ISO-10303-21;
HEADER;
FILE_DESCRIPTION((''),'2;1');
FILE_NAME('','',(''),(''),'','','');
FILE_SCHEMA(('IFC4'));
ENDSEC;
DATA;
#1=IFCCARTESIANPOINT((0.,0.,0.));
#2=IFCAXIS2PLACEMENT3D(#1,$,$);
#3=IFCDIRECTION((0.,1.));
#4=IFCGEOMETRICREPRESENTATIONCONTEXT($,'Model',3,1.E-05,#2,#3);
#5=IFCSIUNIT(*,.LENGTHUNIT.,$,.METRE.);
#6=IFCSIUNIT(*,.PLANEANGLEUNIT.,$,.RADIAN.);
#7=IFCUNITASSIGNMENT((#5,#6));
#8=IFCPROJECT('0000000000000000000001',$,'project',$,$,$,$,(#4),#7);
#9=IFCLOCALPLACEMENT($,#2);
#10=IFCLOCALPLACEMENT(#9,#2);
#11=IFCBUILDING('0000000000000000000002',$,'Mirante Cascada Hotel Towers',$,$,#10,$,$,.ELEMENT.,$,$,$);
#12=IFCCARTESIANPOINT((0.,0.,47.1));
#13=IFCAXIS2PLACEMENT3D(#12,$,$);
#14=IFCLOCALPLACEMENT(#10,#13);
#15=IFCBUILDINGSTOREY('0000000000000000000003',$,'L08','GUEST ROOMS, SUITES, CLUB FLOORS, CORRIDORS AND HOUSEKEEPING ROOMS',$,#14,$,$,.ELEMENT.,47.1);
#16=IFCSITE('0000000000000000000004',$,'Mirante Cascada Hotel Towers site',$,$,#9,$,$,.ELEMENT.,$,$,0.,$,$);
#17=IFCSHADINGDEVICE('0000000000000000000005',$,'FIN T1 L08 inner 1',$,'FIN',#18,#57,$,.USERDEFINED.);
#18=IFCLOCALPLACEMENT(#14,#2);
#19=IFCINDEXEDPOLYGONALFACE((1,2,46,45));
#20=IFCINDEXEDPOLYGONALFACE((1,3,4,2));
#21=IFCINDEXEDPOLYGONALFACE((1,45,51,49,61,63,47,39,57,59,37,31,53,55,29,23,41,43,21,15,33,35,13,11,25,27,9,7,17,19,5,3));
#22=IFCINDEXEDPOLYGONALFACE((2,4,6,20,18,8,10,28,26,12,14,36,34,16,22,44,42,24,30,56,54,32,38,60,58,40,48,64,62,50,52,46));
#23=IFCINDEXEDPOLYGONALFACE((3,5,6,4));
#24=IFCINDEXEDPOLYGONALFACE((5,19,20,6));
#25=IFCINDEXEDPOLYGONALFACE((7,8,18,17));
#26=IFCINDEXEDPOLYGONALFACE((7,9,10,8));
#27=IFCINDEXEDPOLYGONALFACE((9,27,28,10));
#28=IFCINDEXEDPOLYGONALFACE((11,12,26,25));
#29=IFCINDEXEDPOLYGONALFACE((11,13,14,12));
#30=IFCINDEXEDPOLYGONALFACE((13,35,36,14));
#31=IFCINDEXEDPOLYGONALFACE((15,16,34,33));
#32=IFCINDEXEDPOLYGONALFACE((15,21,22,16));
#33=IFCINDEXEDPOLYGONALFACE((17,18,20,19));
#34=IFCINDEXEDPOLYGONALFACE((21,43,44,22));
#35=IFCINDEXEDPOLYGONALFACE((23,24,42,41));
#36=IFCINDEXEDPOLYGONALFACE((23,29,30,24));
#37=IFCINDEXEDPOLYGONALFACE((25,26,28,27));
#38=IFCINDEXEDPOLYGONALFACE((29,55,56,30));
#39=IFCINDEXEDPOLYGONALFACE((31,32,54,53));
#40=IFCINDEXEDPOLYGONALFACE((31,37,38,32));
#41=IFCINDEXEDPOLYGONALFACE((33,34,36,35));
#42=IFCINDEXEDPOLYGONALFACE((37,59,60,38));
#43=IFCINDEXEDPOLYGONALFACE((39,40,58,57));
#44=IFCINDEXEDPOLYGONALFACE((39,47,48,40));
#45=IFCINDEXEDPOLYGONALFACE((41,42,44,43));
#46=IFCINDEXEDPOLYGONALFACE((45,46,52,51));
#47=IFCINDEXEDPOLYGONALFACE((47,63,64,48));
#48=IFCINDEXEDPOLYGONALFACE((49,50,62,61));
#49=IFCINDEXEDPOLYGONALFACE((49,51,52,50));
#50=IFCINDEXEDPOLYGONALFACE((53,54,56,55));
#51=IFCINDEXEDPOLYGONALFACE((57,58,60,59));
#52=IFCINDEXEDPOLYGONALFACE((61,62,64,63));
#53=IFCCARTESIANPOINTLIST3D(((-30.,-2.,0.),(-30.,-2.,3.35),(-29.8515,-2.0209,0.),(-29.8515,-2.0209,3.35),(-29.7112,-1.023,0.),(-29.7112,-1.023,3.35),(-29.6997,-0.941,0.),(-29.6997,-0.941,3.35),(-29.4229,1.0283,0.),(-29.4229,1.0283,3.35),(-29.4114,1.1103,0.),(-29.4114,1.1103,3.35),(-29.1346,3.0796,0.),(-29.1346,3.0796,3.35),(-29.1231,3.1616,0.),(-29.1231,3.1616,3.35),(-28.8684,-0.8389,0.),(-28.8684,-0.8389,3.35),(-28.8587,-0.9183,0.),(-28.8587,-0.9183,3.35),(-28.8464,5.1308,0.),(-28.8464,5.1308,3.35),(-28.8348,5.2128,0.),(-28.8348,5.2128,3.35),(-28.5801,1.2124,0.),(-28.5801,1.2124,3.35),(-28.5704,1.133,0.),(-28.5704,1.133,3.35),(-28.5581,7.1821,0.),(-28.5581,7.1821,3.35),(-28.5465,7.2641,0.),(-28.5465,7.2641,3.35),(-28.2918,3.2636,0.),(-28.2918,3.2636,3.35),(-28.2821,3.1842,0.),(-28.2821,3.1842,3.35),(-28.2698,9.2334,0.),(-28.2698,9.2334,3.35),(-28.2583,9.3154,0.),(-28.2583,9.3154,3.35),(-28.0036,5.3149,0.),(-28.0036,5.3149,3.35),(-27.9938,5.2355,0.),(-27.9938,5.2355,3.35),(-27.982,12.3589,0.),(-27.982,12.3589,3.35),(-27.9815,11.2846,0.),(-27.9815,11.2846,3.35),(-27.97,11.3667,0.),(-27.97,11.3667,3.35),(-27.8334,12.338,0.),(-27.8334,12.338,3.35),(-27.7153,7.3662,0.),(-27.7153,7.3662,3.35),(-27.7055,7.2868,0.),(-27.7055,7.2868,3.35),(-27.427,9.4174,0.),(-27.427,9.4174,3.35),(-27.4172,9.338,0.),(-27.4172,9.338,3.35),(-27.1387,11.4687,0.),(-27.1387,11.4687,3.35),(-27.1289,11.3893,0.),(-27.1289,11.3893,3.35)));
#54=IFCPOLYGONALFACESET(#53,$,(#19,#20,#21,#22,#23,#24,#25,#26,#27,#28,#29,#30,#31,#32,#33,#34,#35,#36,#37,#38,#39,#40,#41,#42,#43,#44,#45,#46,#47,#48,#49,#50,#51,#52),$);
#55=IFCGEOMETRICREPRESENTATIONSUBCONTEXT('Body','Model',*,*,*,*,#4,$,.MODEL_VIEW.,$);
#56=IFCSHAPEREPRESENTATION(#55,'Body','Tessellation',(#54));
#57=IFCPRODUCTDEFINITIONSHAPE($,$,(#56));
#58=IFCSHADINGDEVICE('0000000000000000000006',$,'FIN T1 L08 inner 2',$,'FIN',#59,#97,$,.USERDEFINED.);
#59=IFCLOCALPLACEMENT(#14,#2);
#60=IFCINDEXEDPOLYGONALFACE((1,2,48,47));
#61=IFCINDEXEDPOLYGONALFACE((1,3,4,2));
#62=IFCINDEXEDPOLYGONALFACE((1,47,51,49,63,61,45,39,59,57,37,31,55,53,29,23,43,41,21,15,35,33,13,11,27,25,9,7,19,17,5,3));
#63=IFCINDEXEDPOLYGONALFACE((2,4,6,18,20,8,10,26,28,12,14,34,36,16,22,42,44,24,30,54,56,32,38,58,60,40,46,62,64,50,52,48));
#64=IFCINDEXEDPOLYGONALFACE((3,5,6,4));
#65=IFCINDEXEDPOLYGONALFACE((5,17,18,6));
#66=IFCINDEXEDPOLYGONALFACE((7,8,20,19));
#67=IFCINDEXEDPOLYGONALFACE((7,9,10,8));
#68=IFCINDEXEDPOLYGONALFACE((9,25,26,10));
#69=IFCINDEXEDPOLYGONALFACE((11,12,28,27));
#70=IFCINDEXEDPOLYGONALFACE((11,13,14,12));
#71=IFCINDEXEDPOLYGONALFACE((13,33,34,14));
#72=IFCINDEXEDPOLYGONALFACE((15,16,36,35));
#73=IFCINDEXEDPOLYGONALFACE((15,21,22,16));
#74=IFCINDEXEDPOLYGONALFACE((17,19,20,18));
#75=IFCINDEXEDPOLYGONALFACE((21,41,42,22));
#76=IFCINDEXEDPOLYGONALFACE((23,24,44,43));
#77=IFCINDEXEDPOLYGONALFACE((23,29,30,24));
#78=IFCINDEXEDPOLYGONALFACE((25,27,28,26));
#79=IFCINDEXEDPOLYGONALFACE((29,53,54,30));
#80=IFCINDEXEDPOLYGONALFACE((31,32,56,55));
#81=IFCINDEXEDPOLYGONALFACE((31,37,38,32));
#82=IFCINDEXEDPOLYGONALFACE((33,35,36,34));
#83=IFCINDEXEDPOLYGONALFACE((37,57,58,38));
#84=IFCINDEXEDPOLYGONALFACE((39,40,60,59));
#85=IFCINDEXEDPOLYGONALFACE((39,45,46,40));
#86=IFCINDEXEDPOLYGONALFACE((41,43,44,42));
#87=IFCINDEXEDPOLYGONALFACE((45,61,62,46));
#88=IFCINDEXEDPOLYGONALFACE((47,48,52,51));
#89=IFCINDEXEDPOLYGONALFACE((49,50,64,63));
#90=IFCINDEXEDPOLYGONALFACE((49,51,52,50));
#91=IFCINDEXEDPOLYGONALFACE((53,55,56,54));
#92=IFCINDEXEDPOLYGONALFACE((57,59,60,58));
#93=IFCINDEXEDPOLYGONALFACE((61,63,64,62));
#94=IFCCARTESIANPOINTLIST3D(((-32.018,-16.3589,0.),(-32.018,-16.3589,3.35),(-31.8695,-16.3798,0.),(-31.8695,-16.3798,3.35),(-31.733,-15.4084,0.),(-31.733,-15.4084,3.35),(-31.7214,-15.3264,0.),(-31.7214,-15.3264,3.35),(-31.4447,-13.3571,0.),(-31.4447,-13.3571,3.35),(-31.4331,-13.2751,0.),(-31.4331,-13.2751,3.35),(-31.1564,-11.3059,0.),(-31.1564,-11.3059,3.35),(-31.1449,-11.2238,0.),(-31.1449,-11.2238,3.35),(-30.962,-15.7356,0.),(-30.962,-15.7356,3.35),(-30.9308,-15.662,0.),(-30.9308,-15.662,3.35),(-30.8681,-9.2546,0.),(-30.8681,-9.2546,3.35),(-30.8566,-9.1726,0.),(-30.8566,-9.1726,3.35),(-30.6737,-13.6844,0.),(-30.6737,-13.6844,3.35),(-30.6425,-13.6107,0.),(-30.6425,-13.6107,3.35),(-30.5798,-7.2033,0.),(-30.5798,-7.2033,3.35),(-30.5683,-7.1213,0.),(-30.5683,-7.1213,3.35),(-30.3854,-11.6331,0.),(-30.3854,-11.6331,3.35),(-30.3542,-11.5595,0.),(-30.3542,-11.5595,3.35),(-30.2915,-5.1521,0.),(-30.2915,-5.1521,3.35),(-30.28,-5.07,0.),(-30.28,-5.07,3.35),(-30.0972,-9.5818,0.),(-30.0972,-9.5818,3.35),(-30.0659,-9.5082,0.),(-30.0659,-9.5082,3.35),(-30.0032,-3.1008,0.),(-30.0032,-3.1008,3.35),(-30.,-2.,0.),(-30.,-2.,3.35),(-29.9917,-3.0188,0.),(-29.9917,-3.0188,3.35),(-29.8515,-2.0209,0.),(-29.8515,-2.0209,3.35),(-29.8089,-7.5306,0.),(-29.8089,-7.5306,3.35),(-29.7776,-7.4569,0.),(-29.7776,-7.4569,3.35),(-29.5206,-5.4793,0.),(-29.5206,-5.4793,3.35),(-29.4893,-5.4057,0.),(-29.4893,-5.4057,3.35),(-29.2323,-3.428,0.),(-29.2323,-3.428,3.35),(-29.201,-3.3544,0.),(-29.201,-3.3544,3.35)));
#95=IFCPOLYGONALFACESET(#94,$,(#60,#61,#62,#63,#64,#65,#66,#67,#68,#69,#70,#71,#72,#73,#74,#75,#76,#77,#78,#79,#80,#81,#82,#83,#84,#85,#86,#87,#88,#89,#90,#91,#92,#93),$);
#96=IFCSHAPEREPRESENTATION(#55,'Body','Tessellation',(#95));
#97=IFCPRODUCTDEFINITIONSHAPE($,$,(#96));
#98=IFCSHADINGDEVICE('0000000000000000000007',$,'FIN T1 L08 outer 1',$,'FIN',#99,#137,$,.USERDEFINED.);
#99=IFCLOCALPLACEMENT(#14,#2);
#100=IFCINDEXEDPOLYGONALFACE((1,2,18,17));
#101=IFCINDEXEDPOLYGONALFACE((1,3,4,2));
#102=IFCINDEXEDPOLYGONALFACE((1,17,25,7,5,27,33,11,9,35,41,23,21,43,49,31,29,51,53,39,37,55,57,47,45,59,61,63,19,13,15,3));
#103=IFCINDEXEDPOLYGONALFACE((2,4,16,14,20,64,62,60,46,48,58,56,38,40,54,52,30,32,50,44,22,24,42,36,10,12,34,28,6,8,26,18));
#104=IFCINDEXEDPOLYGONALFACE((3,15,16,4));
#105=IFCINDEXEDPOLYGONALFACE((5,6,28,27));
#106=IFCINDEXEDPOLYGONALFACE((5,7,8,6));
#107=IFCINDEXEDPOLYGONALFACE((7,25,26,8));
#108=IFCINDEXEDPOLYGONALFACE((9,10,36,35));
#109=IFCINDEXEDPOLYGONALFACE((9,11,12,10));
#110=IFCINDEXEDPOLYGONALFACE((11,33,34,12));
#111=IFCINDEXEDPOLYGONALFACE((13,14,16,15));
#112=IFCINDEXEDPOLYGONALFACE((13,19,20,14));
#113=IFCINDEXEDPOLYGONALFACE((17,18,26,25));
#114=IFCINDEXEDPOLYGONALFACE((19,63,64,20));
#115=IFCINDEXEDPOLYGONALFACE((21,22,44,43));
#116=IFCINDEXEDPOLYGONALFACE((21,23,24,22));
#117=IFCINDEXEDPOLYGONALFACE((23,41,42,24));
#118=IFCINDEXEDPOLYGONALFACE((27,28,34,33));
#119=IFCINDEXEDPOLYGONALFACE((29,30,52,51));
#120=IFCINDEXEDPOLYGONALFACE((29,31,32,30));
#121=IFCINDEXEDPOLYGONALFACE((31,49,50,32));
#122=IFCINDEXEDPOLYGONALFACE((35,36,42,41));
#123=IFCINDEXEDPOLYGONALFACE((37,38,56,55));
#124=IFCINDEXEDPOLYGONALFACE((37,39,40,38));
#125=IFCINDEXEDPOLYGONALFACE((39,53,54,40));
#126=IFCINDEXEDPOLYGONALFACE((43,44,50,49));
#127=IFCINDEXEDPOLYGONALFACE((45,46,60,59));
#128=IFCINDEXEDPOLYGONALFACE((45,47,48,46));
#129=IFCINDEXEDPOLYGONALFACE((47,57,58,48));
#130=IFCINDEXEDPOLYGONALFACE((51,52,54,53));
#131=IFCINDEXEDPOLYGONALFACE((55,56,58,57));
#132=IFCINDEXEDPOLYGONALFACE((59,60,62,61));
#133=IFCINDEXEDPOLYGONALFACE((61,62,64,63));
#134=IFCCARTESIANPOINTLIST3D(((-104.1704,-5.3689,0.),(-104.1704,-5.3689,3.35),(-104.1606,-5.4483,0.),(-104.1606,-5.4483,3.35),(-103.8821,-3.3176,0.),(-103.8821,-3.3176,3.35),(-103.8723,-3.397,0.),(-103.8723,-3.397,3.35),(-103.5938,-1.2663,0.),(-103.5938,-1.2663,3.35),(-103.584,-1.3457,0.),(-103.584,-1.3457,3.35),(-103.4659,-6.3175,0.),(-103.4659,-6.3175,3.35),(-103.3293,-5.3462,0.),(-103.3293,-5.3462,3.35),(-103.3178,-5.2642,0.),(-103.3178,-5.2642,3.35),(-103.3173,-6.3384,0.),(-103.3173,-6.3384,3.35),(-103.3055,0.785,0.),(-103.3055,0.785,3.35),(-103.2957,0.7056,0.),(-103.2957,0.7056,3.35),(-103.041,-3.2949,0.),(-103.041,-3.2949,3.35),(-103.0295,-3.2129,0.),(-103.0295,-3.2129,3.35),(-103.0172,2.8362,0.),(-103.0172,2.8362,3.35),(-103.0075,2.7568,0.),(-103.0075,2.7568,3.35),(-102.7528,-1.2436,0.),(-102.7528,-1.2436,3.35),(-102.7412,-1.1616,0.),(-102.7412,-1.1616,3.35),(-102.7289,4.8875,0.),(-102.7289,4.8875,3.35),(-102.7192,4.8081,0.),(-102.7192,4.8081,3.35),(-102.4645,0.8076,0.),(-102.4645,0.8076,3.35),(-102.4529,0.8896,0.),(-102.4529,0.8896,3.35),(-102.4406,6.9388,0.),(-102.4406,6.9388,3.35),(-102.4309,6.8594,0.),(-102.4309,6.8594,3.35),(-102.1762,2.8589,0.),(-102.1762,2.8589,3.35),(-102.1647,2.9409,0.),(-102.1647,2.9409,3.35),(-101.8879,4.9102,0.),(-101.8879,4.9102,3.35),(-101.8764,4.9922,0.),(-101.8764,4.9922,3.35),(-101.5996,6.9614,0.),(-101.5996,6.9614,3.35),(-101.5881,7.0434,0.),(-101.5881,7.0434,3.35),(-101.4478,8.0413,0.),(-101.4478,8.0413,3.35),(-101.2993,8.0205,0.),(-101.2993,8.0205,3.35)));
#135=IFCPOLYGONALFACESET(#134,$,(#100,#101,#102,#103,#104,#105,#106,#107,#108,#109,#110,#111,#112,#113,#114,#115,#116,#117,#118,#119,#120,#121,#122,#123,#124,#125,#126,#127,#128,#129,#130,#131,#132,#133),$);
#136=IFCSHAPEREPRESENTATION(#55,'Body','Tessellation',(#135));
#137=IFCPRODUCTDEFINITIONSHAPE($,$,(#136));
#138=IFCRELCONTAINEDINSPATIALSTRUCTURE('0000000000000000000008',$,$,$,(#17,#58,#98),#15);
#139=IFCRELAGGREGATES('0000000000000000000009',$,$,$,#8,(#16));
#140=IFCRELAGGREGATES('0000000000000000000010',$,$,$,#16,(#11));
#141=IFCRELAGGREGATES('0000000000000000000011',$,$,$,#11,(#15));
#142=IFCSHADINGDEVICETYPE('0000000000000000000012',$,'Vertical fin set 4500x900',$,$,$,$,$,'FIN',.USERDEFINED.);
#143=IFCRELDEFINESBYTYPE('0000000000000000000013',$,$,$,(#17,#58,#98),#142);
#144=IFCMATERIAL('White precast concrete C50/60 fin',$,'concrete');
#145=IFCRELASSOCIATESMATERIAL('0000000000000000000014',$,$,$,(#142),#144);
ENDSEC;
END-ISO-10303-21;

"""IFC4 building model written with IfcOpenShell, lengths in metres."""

from ifc_helpers import new_model, si_unit, direction, frame, origin, place, context, subcontext, project, spatial, polyline, outline, extrude, material, type_object, element, save


model = new_model("IFC4")

# Units and contexts
model_context = context("Model", 3, precision=1e-05, world=origin(), true_north=direction((0.0, 1.0)))
body_context = subcontext(model_context, "Body", "Model", "MODEL_VIEW")
ifc_project = project(units=[si_unit("LENGTHUNIT", "METRE"), si_unit("PLANEANGLEUNIT", "RADIAN")], contexts=[model_context])

# Site, building, storey
site_placement = place(None, origin())
site = spatial("IfcSite", under=ifc_project, at=site_placement, Name="Mirante Cascada Hotel Towers site", CompositionType="ELEMENT", RefElevation=0.0)
building_placement = place(site_placement, origin())
building = spatial("IfcBuilding", under=site, at=building_placement, Name="Mirante Cascada Hotel Towers", CompositionType="ELEMENT")
storey_placement = place(building_placement, frame((0.0, 0.0, 47.1)))
storey = spatial("IfcBuildingStorey", under=building, at=storey_placement, Name="L08", Description="GUEST ROOMS, SUITES, CLUB FLOORS, CORRIDORS AND HOUSEKEEPING ROOMS", CompositionType="ELEMENT", Elevation=47.1)

# Shading devices
ifc_material_1 = material(Name="White precast concrete C50/60 fin", Category="concrete")
shading_device_type = type_object("IfcShadingDeviceType", Name="Vertical fin set 4500x900", ElementType="FIN", PredefinedType="USERDEFINED", material=ifc_material_1)
shading_device_1_placement = place(storey_placement, origin())
element("IfcShadingDevice", 1, at=shading_device_1_placement, inside=storey, type_object=shading_device_type, Name="FIN T1 L08 inner 1", ObjectType="FIN", PredefinedType="USERDEFINED", context=body_context, shape_type="SweptSolid", body=[
    extrude(outline(polyline([(-29.7112, -1.023), (-29.8515, -2.0209), (-30.0, -2.0), (-27.982, 12.3589), (-27.8334, 12.338), (-27.97, 11.3667), (-27.1387, 11.4687), (-27.1289, 11.3893), (-27.9815, 11.2846), (-28.2583, 9.3154), (-27.427, 9.4174), (-27.4172, 9.338), (-28.2698, 9.2334), (-28.5465, 7.2641), (-27.7153, 7.3662), (-27.7055, 7.2868), (-28.5581, 7.1821), (-28.8348, 5.2128), (-28.0036, 5.3149), (-27.9938, 5.2355), (-28.8464, 5.1308), (-29.1231, 3.1616), (-28.2918, 3.2636), (-28.2821, 3.1842), (-29.1346, 3.0796), (-29.4114, 1.1103), (-28.5801, 1.2124), (-28.5704, 1.133), (-29.4229, 1.0283), (-29.6997, -0.941), (-28.8684, -0.8389), (-28.8587, -0.9183), (-29.7112, -1.023)])), origin(), (0.0, 0.0, 1.0), 3.35),
])
shading_device_2_placement = place(storey_placement, origin())
element("IfcShadingDevice", 2, at=shading_device_2_placement, inside=storey, type_object=shading_device_type, Name="FIN T1 L08 inner 2", ObjectType="FIN", PredefinedType="USERDEFINED", context=body_context, shape_type="SweptSolid", body=[
    extrude(outline(polyline([(-31.733, -15.4084), (-31.8695, -16.3798), (-32.018, -16.3589), (-30.0, -2.0), (-29.8515, -2.0209), (-29.9917, -3.0188), (-29.201, -3.3544), (-29.2323, -3.428), (-30.0032, -3.1008), (-30.28, -5.07), (-29.4893, -5.4057), (-29.5206, -5.4793), (-30.2915, -5.1521), (-30.5683, -7.1213), (-29.7776, -7.4569), (-29.8089, -7.5306), (-30.5798, -7.2033), (-30.8566, -9.1726), (-30.0659, -9.5082), (-30.0972, -9.5818), (-30.8681, -9.2546), (-31.1449, -11.2238), (-30.3542, -11.5595), (-30.3854, -11.6331), (-31.1564, -11.3059), (-31.4331, -13.2751), (-30.6425, -13.6107), (-30.6737, -13.6844), (-31.4447, -13.3571), (-31.7214, -15.3264), (-30.9308, -15.662), (-30.962, -15.7356), (-31.733, -15.4084)])), origin(), (0.0, 0.0, 1.0), 3.35),
])
shading_device_3_placement = place(storey_placement, origin())
element("IfcShadingDevice", 3, at=shading_device_3_placement, inside=storey, type_object=shading_device_type, Name="FIN T1 L08 outer 1", ObjectType="FIN", PredefinedType="USERDEFINED", context=body_context, shape_type="SweptSolid", body=[
    extrude(outline(polyline([(-103.3178, -5.2642), (-103.041, -3.2949), (-103.8723, -3.397), (-103.8821, -3.3176), (-103.0295, -3.2129), (-102.7528, -1.2436), (-103.584, -1.3457), (-103.5938, -1.2663), (-102.7412, -1.1616), (-102.4645, 0.8076), (-103.2957, 0.7056), (-103.3055, 0.785), (-102.4529, 0.8896), (-102.1762, 2.8589), (-103.0075, 2.7568), (-103.0172, 2.8362), (-102.1647, 2.9409), (-101.8879, 4.9102), (-102.7192, 4.8081), (-102.7289, 4.8875), (-101.8764, 4.9922), (-101.5996, 6.9614), (-102.4309, 6.8594), (-102.4406, 6.9388), (-101.5881, 7.0434), (-101.4478, 8.0413), (-101.2993, 8.0205), (-103.3173, -6.3384), (-103.4659, -6.3175), (-103.3293, -5.3462), (-104.1606, -5.4483), (-104.1704, -5.3689), (-103.3178, -5.2642)])), origin(), (0.0, 0.0, 1.0), 3.35),
])

save(model, "model.ifc")
